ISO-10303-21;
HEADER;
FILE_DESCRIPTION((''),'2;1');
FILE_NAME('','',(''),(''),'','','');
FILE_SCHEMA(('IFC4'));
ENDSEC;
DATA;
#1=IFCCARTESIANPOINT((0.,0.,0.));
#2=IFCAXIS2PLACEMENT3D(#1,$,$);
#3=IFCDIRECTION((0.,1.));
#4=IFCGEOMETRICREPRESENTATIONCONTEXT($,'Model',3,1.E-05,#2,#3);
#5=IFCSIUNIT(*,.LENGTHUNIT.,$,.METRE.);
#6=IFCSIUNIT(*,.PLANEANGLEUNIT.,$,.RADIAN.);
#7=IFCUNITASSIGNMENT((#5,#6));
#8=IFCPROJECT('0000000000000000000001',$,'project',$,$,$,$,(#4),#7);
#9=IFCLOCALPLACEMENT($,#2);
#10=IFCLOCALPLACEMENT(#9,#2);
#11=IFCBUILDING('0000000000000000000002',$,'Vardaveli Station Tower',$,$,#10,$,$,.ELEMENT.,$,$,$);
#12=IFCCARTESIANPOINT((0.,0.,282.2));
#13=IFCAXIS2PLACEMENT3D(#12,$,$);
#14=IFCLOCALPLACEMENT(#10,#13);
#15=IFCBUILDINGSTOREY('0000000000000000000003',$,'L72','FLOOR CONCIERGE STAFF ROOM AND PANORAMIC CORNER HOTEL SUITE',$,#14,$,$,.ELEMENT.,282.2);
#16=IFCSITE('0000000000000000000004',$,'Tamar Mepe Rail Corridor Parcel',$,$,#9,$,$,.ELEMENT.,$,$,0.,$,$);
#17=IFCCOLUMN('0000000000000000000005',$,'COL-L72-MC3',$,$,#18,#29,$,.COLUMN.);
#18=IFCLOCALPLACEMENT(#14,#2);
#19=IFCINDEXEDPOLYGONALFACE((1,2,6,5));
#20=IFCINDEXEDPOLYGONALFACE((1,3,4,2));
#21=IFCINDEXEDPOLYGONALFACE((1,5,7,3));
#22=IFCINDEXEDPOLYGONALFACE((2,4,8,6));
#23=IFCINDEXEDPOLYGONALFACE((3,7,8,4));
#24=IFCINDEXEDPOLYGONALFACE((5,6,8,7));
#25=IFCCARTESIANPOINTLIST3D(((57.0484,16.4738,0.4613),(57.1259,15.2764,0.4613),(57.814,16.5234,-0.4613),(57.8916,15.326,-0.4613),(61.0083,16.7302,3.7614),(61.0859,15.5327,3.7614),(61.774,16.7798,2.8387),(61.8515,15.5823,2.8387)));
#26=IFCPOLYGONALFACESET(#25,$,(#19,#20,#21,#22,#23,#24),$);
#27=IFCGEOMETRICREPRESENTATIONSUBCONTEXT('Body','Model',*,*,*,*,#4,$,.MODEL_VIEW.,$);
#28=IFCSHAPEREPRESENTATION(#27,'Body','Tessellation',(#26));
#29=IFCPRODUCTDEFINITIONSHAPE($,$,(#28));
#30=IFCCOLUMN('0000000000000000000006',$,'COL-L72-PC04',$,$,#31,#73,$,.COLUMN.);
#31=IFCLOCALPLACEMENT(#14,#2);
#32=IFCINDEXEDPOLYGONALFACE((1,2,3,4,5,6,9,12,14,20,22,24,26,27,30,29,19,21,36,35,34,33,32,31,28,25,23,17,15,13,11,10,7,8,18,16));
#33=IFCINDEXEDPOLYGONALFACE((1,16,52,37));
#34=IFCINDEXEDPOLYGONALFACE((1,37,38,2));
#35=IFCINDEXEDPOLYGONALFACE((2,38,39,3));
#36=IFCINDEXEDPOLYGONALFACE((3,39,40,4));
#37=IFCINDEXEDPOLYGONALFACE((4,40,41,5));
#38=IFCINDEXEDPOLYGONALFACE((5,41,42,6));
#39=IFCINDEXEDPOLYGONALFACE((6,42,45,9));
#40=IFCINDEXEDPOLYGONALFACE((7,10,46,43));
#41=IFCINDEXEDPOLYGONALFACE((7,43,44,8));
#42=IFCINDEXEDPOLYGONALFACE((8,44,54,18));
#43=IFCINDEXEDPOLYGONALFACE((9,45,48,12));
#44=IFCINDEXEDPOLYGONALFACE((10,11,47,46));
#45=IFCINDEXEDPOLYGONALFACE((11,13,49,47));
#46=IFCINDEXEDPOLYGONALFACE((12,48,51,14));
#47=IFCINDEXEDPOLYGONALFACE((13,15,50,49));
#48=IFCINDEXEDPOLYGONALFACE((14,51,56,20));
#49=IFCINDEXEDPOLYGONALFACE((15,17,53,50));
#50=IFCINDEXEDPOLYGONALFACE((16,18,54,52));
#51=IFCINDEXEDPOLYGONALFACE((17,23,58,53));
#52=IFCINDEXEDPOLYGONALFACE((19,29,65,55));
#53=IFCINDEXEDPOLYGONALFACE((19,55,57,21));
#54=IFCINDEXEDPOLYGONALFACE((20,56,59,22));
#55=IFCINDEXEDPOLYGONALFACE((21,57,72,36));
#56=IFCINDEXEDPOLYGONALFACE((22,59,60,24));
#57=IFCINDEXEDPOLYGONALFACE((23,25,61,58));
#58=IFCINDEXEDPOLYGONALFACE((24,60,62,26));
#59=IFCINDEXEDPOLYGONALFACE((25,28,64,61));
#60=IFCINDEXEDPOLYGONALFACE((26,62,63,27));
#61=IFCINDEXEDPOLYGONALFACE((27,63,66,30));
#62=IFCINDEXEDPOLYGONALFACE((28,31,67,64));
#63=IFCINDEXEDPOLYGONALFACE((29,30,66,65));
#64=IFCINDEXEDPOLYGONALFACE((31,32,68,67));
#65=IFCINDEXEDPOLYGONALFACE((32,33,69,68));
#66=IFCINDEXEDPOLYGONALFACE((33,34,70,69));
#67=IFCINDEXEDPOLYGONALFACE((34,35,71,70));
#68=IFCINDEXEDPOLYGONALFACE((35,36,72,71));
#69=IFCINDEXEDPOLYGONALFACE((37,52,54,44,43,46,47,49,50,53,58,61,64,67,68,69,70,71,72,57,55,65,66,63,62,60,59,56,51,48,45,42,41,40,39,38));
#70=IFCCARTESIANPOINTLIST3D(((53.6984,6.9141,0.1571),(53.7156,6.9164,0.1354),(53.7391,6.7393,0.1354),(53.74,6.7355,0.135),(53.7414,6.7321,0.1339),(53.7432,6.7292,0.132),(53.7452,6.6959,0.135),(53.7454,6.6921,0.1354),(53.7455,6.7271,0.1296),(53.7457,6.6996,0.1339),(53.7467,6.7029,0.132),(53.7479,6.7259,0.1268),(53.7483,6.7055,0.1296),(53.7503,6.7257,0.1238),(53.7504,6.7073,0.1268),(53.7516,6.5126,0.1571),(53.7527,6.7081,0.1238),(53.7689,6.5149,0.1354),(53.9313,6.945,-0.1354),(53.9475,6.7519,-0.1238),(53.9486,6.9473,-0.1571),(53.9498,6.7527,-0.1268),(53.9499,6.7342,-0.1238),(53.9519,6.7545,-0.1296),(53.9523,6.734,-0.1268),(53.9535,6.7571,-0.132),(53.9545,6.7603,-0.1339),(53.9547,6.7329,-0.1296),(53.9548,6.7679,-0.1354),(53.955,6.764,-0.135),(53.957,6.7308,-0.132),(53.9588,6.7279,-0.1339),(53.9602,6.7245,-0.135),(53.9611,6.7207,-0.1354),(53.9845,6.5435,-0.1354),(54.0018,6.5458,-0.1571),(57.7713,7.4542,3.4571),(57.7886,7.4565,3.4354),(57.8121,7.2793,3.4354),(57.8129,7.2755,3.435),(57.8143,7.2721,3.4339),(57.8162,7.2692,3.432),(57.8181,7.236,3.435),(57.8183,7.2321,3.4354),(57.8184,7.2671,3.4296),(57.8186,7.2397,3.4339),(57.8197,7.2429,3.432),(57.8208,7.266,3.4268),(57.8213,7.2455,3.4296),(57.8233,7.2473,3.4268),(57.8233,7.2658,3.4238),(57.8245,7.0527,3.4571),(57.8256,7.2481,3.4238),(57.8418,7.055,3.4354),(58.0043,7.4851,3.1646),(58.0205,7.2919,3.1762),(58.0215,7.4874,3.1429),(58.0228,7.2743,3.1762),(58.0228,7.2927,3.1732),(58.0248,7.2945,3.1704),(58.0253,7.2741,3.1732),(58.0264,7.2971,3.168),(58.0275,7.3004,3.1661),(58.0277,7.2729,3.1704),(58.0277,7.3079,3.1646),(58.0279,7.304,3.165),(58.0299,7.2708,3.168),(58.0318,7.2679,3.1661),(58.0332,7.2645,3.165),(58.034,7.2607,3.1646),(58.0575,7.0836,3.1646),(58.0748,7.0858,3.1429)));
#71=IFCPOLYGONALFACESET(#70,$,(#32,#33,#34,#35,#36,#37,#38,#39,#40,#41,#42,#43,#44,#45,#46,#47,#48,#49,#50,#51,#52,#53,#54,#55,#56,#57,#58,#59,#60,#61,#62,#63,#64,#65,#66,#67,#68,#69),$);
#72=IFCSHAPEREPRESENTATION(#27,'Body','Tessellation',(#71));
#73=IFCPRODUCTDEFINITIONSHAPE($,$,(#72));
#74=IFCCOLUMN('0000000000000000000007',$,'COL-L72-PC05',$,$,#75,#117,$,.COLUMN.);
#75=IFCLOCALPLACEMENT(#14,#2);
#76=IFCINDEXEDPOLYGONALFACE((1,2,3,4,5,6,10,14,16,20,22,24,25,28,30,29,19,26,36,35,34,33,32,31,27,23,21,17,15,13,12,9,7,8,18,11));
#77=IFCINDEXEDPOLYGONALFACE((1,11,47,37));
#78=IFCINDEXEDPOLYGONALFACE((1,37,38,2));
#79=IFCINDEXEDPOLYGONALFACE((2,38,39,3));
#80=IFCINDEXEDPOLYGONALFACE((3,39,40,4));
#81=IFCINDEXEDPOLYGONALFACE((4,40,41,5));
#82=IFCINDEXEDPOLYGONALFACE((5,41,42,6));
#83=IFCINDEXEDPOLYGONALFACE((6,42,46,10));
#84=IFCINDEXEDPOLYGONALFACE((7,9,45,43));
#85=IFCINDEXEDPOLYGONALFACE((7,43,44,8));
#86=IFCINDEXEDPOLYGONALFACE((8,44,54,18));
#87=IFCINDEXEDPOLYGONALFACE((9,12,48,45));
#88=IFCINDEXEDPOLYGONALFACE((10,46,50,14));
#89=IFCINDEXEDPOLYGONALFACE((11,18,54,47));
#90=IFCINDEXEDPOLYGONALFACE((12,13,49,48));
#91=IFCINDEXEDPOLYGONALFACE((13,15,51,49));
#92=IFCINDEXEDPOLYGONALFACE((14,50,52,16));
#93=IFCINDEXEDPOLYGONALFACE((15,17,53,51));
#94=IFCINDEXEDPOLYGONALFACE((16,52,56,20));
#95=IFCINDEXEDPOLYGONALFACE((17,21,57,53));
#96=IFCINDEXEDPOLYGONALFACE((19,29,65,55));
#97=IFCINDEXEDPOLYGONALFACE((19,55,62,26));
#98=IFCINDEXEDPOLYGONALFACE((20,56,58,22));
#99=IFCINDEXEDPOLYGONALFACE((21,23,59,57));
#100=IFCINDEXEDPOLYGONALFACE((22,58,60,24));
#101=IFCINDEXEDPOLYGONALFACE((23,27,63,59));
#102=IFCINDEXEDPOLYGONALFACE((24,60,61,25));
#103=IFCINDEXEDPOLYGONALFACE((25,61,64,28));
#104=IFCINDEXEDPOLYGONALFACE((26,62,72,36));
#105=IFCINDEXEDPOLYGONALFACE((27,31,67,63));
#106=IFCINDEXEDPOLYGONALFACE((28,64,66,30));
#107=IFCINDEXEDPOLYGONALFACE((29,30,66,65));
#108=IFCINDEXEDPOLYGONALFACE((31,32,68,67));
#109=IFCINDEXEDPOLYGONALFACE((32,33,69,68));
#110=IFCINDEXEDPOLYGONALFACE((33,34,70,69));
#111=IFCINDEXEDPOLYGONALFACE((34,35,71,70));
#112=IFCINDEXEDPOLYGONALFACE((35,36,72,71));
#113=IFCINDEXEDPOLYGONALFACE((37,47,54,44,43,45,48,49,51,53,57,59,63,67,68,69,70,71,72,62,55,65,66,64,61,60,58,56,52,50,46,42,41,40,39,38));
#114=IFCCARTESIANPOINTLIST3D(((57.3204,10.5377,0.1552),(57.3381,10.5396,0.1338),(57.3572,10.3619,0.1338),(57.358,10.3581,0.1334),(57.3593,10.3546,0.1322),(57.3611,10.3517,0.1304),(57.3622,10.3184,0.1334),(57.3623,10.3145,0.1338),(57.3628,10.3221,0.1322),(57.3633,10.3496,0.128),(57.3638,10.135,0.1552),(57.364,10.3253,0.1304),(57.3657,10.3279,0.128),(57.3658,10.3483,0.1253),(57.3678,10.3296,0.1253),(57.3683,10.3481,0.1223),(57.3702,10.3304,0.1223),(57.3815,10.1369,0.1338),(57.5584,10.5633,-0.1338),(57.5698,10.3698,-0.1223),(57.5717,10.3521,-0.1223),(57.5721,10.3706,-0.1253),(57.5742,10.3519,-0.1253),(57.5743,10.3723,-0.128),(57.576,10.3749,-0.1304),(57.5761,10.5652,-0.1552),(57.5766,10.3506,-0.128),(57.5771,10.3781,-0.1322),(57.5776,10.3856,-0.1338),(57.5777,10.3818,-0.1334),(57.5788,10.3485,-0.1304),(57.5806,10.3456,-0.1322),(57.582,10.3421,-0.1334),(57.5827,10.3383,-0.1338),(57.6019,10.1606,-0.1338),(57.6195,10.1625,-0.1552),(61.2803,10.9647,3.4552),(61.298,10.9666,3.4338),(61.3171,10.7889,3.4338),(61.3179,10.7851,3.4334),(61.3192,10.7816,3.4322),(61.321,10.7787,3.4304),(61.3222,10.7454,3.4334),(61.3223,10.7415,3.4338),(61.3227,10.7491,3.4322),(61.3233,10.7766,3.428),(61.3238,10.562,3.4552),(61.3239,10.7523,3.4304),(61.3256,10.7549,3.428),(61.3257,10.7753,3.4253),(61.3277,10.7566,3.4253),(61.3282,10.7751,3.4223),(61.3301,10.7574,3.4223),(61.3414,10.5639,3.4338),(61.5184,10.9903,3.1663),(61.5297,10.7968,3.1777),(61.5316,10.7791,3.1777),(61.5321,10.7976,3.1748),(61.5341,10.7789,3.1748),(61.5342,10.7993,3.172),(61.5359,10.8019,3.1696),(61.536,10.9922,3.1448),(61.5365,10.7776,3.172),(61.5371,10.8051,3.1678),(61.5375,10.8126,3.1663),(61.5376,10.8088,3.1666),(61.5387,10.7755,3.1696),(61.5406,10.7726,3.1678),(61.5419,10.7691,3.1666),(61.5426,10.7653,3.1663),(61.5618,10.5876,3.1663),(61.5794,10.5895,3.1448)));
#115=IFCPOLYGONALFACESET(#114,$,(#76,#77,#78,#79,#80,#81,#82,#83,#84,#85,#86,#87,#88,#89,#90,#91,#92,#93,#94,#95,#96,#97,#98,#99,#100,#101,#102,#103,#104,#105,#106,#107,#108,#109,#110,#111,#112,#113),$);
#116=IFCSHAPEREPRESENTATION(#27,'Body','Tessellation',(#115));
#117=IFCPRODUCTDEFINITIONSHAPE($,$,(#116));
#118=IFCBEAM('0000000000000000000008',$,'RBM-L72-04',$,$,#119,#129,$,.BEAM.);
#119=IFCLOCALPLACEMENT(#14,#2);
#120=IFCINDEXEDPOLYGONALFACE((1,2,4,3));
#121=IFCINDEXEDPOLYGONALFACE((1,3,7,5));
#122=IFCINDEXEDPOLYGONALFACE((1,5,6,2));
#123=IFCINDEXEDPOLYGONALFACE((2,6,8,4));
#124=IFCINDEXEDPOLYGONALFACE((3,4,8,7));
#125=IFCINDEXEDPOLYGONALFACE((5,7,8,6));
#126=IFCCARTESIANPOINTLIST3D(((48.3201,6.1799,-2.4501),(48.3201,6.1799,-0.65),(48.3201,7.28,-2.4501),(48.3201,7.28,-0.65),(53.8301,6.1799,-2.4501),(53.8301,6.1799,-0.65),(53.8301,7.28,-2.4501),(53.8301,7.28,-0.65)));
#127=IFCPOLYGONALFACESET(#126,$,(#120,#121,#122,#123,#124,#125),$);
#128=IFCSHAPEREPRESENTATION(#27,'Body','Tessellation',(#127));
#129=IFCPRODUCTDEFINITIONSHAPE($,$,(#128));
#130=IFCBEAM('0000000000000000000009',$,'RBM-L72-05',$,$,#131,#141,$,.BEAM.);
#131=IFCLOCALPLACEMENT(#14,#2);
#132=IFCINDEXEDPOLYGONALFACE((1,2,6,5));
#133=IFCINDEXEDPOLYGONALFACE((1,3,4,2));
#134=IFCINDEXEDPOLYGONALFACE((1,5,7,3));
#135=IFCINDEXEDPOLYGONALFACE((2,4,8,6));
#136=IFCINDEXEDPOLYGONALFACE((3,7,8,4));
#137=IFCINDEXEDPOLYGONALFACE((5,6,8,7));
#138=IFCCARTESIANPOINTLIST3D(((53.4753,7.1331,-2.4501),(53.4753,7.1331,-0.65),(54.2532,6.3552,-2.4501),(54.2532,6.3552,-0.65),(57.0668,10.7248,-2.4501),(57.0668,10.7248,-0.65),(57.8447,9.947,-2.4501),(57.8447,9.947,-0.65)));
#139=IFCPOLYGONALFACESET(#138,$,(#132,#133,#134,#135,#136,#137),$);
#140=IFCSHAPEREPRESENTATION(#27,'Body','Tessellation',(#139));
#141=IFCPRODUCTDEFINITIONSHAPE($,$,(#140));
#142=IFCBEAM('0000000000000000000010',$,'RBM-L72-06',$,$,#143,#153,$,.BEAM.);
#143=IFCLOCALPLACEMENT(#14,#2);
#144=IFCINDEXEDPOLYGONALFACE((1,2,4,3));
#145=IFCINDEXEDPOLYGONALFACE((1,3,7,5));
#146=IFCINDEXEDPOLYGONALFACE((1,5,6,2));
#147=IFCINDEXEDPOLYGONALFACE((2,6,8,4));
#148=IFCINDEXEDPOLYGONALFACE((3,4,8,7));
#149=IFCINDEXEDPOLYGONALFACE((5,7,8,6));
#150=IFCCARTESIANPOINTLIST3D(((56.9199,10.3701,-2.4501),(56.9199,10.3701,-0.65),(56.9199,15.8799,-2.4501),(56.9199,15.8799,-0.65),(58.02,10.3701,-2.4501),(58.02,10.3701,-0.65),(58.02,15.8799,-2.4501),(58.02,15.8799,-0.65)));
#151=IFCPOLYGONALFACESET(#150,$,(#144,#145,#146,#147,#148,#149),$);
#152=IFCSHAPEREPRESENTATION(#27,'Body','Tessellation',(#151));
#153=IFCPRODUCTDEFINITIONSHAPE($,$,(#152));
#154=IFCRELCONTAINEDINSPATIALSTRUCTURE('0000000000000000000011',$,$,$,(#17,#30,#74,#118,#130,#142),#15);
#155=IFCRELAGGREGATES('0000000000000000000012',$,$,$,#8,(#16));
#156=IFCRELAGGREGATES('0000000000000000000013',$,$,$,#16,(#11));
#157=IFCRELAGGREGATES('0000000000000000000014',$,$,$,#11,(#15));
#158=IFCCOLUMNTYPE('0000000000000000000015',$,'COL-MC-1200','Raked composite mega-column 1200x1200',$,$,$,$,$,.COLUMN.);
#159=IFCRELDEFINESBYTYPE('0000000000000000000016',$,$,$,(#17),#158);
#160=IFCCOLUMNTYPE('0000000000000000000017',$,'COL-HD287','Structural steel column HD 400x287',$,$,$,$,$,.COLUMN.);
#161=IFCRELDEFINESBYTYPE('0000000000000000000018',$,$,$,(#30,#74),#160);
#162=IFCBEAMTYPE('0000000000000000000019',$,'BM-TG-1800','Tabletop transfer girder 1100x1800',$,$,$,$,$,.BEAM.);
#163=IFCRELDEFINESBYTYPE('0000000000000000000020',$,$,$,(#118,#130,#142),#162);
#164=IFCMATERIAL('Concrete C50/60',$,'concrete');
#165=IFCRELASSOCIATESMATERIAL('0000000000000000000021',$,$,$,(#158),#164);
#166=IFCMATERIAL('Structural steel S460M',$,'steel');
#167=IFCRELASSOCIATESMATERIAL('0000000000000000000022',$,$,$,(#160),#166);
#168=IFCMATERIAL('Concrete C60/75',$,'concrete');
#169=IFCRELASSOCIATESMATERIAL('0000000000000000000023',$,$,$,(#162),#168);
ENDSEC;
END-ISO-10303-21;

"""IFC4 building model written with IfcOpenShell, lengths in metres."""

from ifc_helpers import new_model, si_unit, direction, frame, origin, origin_2d, place, context, subcontext, project, spatial, rectangle, i_section, extrude, source, transform, mapped, material, material_profile, profile_set, type_object, element, save


model = new_model("IFC4")

# Units and contexts
model_context = context("Model", 3, precision=1e-05, world=origin(), true_north=direction((0.0, 1.0)))
body_context = subcontext(model_context, "Body", "Model", "MODEL_VIEW")
ifc_project = project(units=[si_unit("LENGTHUNIT", "METRE"), si_unit("PLANEANGLEUNIT", "RADIAN")], contexts=[model_context])

# Site, building, storey
site_placement = place(None, origin())
site = spatial("IfcSite", under=ifc_project, at=site_placement, Name="Tamar Mepe Rail Corridor Parcel", CompositionType="ELEMENT", RefElevation=0.0)
building_placement = place(site_placement, origin())
building = spatial("IfcBuilding", under=site, at=building_placement, Name="Vardaveli Station Tower", CompositionType="ELEMENT")
storey_placement = place(building_placement, frame((0.0, 0.0, 282.2)))
storey = spatial("IfcBuildingStorey", under=building, at=storey_placement, Name="L72", Description="FLOOR CONCIERGE STAFF ROOM AND PANORAMIC CORNER HOTEL SUITE", CompositionType="ELEMENT", Elevation=282.2)

# Columns
ifc_material_1 = material(Name="Concrete C50/60", Category="concrete")
ifc_material_profile_1 = material_profile(ifc_material_1, rectangle(XDim=1.2, YDim=1.2, at=origin_2d()), Name="MC 1200x1200")
ifc_profile_set_1 = profile_set([ifc_material_profile_1], Name="Concrete C50/60")
column_type_1 = type_object("IfcColumnType", Name="COL-MC-1200", Description="Raked composite mega-column 1200x1200", PredefinedType="COLUMN", material=ifc_profile_set_1)
shared_shape_1 = source(origin(), body_context, "Body", "SweptSolid", [
    extrude(rectangle(XDim=1.2, YDim=1.2, at=origin_2d()), origin(), (0.0, 0.0, 1.0), 5.1611),
])
column_1_placement = place(storey_placement, frame((57.47, 15.8999, 0.0), z_axis=(0.767265, 0.049669, 0.639404), x_axis=(-0.0646, 0.997911, 0.0)))
element("IfcColumn", 1, at=column_1_placement, inside=storey, type_object=column_type_1, Name="COL-L72-MC3", PredefinedType="COLUMN", context=body_context, shape_type="MappedRepresentation", body=[
    mapped(shared_shape_1, transform((0.0, 0.0, 0.0), scale=1.0)),
])
ifc_material_2 = material(Name="Structural steel S460M", Category="steel")
ifc_material_profile_2 = material_profile(ifc_material_2, i_section(OverallWidth=0.405, OverallDepth=0.4031, WebThickness=0.0178, FlangeThickness=0.0278, FilletRadius=0.0149, at=origin_2d()), Name="HD 400x287")
ifc_profile_set_2 = profile_set([ifc_material_profile_2], Name="Structural steel S460M")
column_type_2 = type_object("IfcColumnType", Name="COL-HD287", Description="Structural steel column HD 400x287", PredefinedType="COLUMN", material=ifc_profile_set_2)
shared_shape_2 = source(origin(), body_context, "Body", "SweptSolid", [
    extrude(i_section(OverallWidth=0.405, OverallDepth=0.4031, WebThickness=0.0178, FlangeThickness=0.0278, FilletRadius=0.0149, at=origin_2d()), origin(), (0.0, 0.0, 1.0), 5.2698),
])
column_2_placement = place(storey_placement, frame((53.8501, 6.73, 0.0), z_axis=(0.772887, 0.102477, 0.626214), x_axis=(-0.13144, 0.991324, 0.0)))
element("IfcColumn", 2, at=column_2_placement, inside=storey, type_object=column_type_2, Name="COL-L72-PC04", PredefinedType="COLUMN", context=body_context, shape_type="MappedRepresentation", body=[
    mapped(shared_shape_2, transform((0.0, 0.0, 0.0), scale=1.0)),
])
shared_shape_3 = source(origin(), body_context, "Body", "SweptSolid", [
    extrude(i_section(OverallWidth=0.405, OverallDepth=0.4031, WebThickness=0.0178, FlangeThickness=0.0278, FilletRadius=0.0149, at=origin_2d()), origin(), (0.0, 0.0, 1.0), 5.1724),
])
column_3_placement = place(storey_placement, frame((57.47, 10.3501, 0.0), z_axis=(0.765591, 0.082554, 0.638008), x_axis=(-0.107208, 0.994237, 0.0)))
element("IfcColumn", 3, at=column_3_placement, inside=storey, type_object=column_type_2, Name="COL-L72-PC05", PredefinedType="COLUMN", context=body_context, shape_type="MappedRepresentation", body=[
    mapped(shared_shape_3, transform((0.0, 0.0, 0.0), scale=1.0)),
])

# Beams
ifc_material_3 = material(Name="Concrete C60/75", Category="concrete")
ifc_material_profile_3 = material_profile(ifc_material_3, rectangle(XDim=1.1001, YDim=1.8, at=origin_2d()), Name="TG 1100x1800")
ifc_profile_set_3 = profile_set([ifc_material_profile_3], Name="Concrete C60/75")
beam_type_1 = type_object("IfcBeamType", Name="BM-TG-1800", Description="Tabletop transfer girder 1100x1800", PredefinedType="BEAM", material=ifc_profile_set_3)
shared_shape_4 = source(origin(), body_context, "Body", "SweptSolid", [
    extrude(rectangle(XDim=1.1001, YDim=1.8, at=origin_2d()), origin(), (0.0, 0.0, 1.0), 5.51),
])
beam_1_placement = place(storey_placement, frame((48.3201, 6.73, -1.55), z_axis=(1.0, 0.0, 0.0), x_axis=(0.0, 1.0, 0.0)))
element("IfcBeam", 4, at=beam_1_placement, inside=storey, type_object=beam_type_1, Name="RBM-L72-04", PredefinedType="BEAM", context=body_context, shape_type="MappedRepresentation", body=[
    mapped(shared_shape_4, transform((0.0, 0.0, 0.0), scale=1.0)),
])
shared_shape_5 = source(origin(), body_context, "Body", "SweptSolid", [
    extrude(rectangle(XDim=1.1001, YDim=1.8, at=origin_2d()), origin(), (0.0, 0.0, 1.0), 5.0793),
])
beam_2_placement = place(storey_placement, frame((53.8643, 6.7441, -1.55), z_axis=(0.707083, 0.707131, 0.0), x_axis=(-0.707131, 0.707083, 0.0)))
element("IfcBeam", 5, at=beam_2_placement, inside=storey, type_object=beam_type_1, Name="RBM-L72-05", PredefinedType="BEAM", context=body_context, shape_type="MappedRepresentation", body=[
    mapped(shared_shape_5, transform((0.0, 0.0, 0.0), scale=1.0)),
])
shared_shape_6 = source(origin(), body_context, "Body", "SweptSolid", [
    extrude(rectangle(XDim=1.1001, YDim=1.8, at=origin_2d()), origin(), (0.0, 0.0, 1.0), 5.5098),
])
beam_3_placement = place(storey_placement, frame((57.47, 10.3701, -1.55), z_axis=(0.0, 1.0, 0.0), x_axis=(-1.0, 0.0, 0.0)))
element("IfcBeam", 6, at=beam_3_placement, inside=storey, type_object=beam_type_1, Name="RBM-L72-06", PredefinedType="BEAM", context=body_context, shape_type="MappedRepresentation", body=[
    mapped(shared_shape_6, transform((0.0, 0.0, 0.0), scale=1.0)),
])

save(model, "model.ifc")
